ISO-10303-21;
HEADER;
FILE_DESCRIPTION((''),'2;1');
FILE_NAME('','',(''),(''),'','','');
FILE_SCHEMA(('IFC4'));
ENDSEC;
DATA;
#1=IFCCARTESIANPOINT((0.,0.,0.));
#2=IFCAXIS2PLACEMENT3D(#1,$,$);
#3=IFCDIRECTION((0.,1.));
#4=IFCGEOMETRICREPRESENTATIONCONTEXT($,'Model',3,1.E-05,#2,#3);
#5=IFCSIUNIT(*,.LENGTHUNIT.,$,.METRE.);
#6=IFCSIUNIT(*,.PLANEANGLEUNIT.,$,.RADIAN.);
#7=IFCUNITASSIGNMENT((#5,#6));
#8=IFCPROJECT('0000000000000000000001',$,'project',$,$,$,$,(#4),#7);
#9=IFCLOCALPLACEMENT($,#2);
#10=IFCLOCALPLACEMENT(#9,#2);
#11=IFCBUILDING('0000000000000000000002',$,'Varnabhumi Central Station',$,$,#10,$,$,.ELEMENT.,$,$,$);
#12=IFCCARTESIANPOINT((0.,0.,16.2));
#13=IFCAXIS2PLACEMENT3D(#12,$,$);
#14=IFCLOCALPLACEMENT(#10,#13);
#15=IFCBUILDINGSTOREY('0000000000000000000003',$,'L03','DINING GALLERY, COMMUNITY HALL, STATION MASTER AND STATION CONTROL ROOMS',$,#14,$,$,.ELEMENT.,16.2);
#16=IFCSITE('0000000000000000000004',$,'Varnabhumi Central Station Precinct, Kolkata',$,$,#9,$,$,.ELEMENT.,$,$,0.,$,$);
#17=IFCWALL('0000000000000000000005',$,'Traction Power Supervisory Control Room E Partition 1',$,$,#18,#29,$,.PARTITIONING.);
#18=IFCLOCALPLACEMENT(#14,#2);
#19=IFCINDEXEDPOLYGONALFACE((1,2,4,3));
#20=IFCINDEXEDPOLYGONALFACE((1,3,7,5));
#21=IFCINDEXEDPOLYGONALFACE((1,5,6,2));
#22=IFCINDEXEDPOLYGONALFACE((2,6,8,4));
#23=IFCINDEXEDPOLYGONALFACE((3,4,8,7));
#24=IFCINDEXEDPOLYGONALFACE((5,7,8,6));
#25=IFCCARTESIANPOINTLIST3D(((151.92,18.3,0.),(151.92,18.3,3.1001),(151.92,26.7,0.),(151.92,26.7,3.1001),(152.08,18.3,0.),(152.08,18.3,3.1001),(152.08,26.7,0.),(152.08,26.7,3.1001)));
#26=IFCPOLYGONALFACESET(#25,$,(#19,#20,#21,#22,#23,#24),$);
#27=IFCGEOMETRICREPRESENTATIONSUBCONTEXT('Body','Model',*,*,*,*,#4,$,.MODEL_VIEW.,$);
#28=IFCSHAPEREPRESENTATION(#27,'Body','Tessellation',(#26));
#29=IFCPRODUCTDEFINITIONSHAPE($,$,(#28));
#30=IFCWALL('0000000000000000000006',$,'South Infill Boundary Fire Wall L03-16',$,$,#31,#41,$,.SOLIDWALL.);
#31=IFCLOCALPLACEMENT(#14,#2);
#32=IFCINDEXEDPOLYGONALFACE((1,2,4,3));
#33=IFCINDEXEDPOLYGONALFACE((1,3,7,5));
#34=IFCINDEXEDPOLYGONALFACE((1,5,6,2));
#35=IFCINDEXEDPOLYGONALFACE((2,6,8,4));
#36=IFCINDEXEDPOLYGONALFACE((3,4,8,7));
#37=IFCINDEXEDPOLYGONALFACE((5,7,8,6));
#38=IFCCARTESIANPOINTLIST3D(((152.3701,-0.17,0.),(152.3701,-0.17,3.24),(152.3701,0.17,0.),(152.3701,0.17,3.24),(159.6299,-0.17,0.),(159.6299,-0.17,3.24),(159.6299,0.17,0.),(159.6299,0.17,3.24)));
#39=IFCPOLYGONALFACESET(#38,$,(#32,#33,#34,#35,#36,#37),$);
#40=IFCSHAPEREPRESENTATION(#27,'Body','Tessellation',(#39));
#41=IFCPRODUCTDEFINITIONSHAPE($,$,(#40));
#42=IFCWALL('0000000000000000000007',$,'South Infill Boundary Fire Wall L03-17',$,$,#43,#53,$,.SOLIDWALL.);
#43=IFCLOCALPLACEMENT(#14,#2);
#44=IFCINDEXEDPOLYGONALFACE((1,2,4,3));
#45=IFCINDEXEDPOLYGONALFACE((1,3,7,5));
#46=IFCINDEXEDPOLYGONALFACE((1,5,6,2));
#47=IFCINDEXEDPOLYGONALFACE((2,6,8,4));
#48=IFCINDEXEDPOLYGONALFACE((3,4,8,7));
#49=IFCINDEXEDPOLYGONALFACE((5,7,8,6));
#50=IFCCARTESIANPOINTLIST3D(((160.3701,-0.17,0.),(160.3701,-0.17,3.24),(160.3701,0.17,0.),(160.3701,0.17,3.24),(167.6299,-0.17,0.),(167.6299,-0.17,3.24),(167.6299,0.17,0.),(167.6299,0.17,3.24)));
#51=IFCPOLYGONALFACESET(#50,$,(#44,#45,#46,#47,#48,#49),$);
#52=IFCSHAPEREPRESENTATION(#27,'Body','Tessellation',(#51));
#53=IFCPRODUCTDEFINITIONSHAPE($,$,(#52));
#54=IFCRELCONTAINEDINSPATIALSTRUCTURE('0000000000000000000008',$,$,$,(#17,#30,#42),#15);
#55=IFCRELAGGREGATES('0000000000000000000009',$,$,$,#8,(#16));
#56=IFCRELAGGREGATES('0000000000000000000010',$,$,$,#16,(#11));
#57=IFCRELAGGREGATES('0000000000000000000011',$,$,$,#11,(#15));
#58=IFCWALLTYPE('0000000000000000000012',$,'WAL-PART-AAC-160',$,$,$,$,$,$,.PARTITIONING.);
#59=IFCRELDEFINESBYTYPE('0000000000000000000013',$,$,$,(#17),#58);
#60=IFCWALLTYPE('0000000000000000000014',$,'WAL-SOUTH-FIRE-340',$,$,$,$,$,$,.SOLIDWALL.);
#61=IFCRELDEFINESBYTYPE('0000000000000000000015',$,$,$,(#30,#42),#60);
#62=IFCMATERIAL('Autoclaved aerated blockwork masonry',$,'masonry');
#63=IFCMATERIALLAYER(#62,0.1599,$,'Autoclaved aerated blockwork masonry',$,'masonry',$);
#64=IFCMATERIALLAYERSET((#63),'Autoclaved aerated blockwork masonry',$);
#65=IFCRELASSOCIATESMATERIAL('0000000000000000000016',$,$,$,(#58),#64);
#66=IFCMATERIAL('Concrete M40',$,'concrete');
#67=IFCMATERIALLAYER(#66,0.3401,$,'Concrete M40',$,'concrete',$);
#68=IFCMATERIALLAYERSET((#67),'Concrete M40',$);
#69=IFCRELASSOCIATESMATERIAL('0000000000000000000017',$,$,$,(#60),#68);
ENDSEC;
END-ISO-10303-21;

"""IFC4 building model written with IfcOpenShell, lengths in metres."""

from ifc_helpers import new_model, si_unit, direction, frame, frame_2d, origin, place, context, subcontext, project, spatial, rectangle, extrude, material, layer, layer_set, type_object, element, save


model = new_model("IFC4")

# Units and contexts
model_context = context("Model", 3, precision=1e-05, world=origin(), true_north=direction((0.0, 1.0)))
body_context = subcontext(model_context, "Body", "Model", "MODEL_VIEW")
ifc_project = project(units=[si_unit("LENGTHUNIT", "METRE"), si_unit("PLANEANGLEUNIT", "RADIAN")], contexts=[model_context])

# Site, building, storey
site_placement = place(None, origin())
site = spatial("IfcSite", under=ifc_project, at=site_placement, Name="Varnabhumi Central Station Precinct, Kolkata", CompositionType="ELEMENT", RefElevation=0.0)
building_placement = place(site_placement, origin())
building = spatial("IfcBuilding", under=site, at=building_placement, Name="Varnabhumi Central Station", CompositionType="ELEMENT")
storey_placement = place(building_placement, frame((0.0, 0.0, 16.2)))
storey = spatial("IfcBuildingStorey", under=building, at=storey_placement, Name="L03", Description="DINING GALLERY, COMMUNITY HALL, STATION MASTER AND STATION CONTROL ROOMS", CompositionType="ELEMENT", Elevation=16.2)

# Shared definitions
ifc_material_1 = material(Name="Concrete M40", Category="concrete")

# Shared definitions
ifc_material_2 = material(Name="Autoclaved aerated blockwork masonry", Category="masonry")

# Shared definitions
ifc_layer_1 = layer(ifc_material_2, 0.1599, Name="Autoclaved aerated blockwork masonry", Category="masonry")
ifc_layer_set_1 = layer_set([ifc_layer_1], Name="Autoclaved aerated blockwork masonry")
wall_type_1 = type_object("IfcWallType", Name="WAL-PART-AAC-160", PredefinedType="PARTITIONING", material=ifc_layer_set_1)

# Walls
wall_1_placement = place(storey_placement, frame((152.0, 18.3, 0.0), z_axis=(0.0, 0.0, 1.0), x_axis=(0.0, 1.0, 0.0)))
element("IfcWall", 1, at=wall_1_placement, inside=storey, type_object=wall_type_1, Name="Traction Power Supervisory Control Room E Partition 1", PredefinedType="PARTITIONING", context=body_context, shape_type="SweptSolid", body=[
    extrude(rectangle(XDim=8.3999, YDim=0.1599, at=frame_2d((4.2, 0.0))), origin(), (0.0, 0.0, 1.0), 3.1001),
])
ifc_layer_2 = layer(ifc_material_1, 0.3401, Name="Concrete M40", Category="concrete")
ifc_layer_set_2 = layer_set([ifc_layer_2], Name="Concrete M40")
wall_type_2 = type_object("IfcWallType", Name="WAL-SOUTH-FIRE-340", PredefinedType="SOLIDWALL", material=ifc_layer_set_2)
for number, where, z_axis, x_axis, name in (
    (2, (152.3701, 0.0, 0.0), (0.0, 0.0, 1.0), (1.0, 0.0, 0.0), "South Infill Boundary Fire Wall L03-16"),
    (3, (160.3701, 0.0, 0.0), (0.0, 0.0, 1.0), (1.0, 0.0, 0.0), "South Infill Boundary Fire Wall L03-17"),
):
    element("IfcWall", number, at=place(storey_placement, frame(where, z_axis=z_axis, x_axis=x_axis)), inside=storey, type_object=wall_type_2, Name=name, PredefinedType="SOLIDWALL", context=body_context, shape_type="SweptSolid", body=[
        extrude(rectangle(XDim=7.2598, YDim=0.3401, at=frame_2d((3.6299, 0.0))), origin(), (0.0, 0.0, 1.0), 3.24),
    ])

save(model, "model.ifc")
